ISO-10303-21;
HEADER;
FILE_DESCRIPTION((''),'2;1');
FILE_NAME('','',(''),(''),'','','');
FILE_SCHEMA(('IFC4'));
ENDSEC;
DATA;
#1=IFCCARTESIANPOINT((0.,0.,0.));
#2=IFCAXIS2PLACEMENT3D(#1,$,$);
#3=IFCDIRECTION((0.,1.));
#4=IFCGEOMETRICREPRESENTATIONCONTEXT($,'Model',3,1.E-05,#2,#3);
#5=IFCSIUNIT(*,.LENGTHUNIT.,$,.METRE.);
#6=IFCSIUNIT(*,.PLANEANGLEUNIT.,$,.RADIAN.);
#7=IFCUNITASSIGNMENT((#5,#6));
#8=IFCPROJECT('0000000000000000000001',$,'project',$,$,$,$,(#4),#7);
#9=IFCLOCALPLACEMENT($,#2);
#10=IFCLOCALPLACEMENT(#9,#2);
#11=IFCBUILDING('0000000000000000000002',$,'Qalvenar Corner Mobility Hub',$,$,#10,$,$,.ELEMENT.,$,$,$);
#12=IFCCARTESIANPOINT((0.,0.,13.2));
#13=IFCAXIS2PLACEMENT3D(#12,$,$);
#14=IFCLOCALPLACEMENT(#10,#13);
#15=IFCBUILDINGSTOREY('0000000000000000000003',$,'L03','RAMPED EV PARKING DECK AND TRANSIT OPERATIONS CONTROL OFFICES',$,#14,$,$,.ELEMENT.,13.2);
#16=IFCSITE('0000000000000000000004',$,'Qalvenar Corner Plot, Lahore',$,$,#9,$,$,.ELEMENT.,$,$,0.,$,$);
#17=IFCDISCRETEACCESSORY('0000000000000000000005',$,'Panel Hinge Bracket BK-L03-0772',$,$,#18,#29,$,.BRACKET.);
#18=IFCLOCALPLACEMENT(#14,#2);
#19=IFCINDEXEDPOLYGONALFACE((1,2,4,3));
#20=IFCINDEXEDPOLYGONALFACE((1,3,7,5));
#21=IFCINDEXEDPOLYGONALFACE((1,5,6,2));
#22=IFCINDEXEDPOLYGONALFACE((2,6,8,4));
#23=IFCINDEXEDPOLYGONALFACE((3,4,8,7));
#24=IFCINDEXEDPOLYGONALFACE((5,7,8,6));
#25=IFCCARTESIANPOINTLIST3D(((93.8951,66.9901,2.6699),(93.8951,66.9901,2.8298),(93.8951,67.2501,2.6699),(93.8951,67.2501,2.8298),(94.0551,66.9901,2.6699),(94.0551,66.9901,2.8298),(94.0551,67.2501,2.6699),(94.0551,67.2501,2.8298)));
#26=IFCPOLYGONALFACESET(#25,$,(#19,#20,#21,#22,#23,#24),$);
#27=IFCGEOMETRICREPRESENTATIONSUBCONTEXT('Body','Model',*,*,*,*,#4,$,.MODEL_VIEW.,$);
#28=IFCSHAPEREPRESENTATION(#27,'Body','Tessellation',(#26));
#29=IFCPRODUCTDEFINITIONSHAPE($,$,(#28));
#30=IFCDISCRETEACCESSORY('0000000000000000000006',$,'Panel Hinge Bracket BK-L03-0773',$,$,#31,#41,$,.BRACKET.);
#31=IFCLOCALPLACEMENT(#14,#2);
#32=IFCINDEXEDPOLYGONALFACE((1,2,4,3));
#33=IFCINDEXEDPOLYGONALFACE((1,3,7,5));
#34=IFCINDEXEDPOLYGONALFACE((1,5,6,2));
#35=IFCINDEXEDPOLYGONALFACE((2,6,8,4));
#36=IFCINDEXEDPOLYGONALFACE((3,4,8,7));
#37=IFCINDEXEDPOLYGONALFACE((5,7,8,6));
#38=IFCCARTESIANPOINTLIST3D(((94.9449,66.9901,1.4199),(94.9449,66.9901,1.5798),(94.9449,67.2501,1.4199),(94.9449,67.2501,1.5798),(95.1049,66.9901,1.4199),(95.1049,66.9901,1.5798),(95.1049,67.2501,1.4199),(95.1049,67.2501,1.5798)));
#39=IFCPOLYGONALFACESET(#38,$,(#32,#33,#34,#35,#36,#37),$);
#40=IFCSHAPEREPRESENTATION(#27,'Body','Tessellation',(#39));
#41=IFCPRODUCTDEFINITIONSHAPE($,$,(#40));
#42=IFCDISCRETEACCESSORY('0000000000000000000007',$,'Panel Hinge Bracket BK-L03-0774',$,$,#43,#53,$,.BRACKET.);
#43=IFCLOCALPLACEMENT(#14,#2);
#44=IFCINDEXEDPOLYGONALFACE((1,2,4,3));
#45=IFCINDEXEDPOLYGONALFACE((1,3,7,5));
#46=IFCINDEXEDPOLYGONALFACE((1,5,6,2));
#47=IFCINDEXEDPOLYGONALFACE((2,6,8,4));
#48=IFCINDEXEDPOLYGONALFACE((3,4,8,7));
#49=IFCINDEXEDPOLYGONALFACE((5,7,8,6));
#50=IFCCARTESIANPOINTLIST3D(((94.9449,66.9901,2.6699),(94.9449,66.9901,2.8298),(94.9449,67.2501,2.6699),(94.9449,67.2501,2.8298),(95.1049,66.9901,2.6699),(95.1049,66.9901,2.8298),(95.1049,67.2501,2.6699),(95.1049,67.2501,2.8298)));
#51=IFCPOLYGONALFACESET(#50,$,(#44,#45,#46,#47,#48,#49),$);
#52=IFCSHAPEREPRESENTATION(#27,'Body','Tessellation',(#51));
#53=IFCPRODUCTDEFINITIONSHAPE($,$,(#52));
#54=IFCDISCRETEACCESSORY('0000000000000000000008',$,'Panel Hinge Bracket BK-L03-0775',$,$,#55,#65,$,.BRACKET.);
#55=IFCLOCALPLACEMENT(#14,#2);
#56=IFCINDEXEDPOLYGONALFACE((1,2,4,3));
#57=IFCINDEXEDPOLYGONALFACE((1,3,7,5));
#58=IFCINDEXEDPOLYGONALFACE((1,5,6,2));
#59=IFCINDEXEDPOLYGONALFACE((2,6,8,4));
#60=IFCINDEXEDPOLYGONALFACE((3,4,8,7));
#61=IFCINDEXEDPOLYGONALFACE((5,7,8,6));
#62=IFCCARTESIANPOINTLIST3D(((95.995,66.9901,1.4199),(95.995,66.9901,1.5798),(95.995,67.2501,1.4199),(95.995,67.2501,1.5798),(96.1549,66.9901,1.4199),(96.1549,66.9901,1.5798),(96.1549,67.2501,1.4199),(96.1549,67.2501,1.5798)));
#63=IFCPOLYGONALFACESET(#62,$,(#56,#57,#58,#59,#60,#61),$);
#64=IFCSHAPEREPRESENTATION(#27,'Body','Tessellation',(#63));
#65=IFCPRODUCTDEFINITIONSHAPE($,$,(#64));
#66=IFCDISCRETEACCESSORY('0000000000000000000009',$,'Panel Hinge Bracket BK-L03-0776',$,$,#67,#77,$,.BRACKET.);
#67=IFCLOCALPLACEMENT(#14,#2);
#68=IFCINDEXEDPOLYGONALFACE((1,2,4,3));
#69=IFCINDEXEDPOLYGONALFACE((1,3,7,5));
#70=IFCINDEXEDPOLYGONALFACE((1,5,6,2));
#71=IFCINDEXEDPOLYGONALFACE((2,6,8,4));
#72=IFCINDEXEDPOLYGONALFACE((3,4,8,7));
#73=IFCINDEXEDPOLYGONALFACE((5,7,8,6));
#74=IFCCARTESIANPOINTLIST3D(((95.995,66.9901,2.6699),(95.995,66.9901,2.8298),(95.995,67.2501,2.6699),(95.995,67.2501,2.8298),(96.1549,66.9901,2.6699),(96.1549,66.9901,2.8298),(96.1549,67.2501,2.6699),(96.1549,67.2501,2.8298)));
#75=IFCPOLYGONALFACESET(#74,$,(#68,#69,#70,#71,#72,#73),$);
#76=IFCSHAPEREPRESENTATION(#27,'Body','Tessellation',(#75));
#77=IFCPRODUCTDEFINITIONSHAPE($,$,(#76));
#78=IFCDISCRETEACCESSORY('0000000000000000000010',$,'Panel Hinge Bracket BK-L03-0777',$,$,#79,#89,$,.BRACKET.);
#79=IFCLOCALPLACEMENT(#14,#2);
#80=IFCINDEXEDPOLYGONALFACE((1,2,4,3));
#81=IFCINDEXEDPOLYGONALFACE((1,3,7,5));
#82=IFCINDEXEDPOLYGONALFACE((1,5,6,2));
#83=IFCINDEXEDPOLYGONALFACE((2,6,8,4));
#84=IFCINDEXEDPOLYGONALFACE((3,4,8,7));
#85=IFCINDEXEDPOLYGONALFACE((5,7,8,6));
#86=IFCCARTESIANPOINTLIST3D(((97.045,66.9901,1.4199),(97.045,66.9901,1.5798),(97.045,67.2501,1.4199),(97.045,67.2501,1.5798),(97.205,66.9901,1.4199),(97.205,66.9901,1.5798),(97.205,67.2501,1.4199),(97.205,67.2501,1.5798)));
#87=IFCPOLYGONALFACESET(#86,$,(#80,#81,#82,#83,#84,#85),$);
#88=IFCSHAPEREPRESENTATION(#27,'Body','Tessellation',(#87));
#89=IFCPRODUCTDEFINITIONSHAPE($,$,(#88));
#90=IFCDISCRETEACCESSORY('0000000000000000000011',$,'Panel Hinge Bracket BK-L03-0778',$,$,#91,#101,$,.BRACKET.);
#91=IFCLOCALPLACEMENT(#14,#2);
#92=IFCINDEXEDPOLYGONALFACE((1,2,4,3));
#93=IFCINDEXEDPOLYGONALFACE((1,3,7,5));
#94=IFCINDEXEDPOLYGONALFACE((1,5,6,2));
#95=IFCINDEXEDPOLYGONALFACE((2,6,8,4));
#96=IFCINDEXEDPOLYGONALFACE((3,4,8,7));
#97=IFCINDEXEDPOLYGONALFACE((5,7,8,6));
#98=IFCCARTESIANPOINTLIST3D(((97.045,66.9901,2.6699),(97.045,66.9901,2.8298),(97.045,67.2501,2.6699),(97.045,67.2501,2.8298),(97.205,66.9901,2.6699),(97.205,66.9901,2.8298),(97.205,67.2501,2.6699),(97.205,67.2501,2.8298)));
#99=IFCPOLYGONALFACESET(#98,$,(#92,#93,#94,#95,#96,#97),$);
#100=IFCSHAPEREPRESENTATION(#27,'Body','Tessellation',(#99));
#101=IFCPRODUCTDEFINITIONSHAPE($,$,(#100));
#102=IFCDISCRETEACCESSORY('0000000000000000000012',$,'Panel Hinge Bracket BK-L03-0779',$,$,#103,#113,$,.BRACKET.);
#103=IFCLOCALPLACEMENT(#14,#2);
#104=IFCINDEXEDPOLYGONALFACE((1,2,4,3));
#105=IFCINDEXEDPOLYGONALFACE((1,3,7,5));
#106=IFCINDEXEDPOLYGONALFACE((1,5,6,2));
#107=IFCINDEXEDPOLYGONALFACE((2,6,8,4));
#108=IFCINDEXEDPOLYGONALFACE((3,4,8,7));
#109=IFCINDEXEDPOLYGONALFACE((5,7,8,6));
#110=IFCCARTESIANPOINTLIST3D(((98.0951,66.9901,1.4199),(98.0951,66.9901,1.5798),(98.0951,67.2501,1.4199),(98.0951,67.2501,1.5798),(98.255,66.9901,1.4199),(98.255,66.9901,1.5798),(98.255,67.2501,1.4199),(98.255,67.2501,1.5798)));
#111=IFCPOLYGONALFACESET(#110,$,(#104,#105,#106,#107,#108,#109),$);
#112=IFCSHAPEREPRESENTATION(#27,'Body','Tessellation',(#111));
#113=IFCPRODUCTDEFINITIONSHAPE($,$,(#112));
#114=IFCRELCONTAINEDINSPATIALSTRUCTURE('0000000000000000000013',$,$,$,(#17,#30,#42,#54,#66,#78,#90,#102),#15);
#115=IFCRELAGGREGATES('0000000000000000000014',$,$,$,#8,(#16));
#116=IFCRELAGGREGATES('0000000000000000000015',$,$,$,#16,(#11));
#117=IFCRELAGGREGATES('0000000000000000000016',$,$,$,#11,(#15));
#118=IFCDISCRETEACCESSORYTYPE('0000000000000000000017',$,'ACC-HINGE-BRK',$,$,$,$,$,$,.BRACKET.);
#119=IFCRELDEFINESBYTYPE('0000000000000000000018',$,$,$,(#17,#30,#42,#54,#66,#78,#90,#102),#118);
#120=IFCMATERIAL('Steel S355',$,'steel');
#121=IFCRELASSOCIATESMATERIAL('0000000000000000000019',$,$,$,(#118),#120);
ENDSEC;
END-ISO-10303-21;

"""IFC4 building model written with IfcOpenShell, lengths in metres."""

from ifc_helpers import new_model, si_unit, direction, frame, origin, origin_2d, place, context, subcontext, project, spatial, rectangle, extrude, material, type_object, element, save


model = new_model("IFC4")

# Units and contexts
model_context = context("Model", 3, precision=1e-05, world=origin(), true_north=direction((0.0, 1.0)))
body_context = subcontext(model_context, "Body", "Model", "MODEL_VIEW")
ifc_project = project(units=[si_unit("LENGTHUNIT", "METRE"), si_unit("PLANEANGLEUNIT", "RADIAN")], contexts=[model_context])

# Site, building, storey
site_placement = place(None, origin())
site = spatial("IfcSite", under=ifc_project, at=site_placement, Name="Qalvenar Corner Plot, Lahore", CompositionType="ELEMENT", RefElevation=0.0)
building_placement = place(site_placement, origin())
building = spatial("IfcBuilding", under=site, at=building_placement, Name="Qalvenar Corner Mobility Hub", CompositionType="ELEMENT")
storey_placement = place(building_placement, frame((0.0, 0.0, 13.2)))
storey = spatial("IfcBuildingStorey", under=building, at=storey_placement, Name="L03", Description="RAMPED EV PARKING DECK AND TRANSIT OPERATIONS CONTROL OFFICES", CompositionType="ELEMENT", Elevation=13.2)

# Discrete accessories
ifc_material_1 = material(Name="Steel S355", Category="steel")
discrete_accessory_type = type_object("IfcDiscreteAccessoryType", Name="ACC-HINGE-BRK", PredefinedType="BRACKET", material=ifc_material_1)
for number, where, z_axis, x_axis, name in (
    (1, (93.9751, 67.1201, 2.6699), (0.0, 0.0, 1.0), (1.0, 0.0, 0.0), "Panel Hinge Bracket BK-L03-0772"),
    (2, (95.0249, 67.1201, 1.4199), (0.0, 0.0, 1.0), (1.0, 0.0, 0.0), "Panel Hinge Bracket BK-L03-0773"),
    (3, (95.0249, 67.1201, 2.6699), (0.0, 0.0, 1.0), (1.0, 0.0, 0.0), "Panel Hinge Bracket BK-L03-0774"),
    (4, (96.075, 67.1201, 1.4199), (0.0, 0.0, 1.0), (1.0, 0.0, 0.0), "Panel Hinge Bracket BK-L03-0775"),
    (5, (96.075, 67.1201, 2.6699), (0.0, 0.0, 1.0), (1.0, 0.0, 0.0), "Panel Hinge Bracket BK-L03-0776"),
    (6, (97.125, 67.1201, 1.4199), (0.0, 0.0, 1.0), (1.0, 0.0, 0.0), "Panel Hinge Bracket BK-L03-0777"),
    (7, (97.125, 67.1201, 2.6699), (0.0, 0.0, 1.0), (1.0, 0.0, 0.0), "Panel Hinge Bracket BK-L03-0778"),
    (8, (98.175, 67.1201, 1.4199), (0.0, 0.0, 1.0), (1.0, 0.0, 0.0), "Panel Hinge Bracket BK-L03-0779"),
):
    element("IfcDiscreteAccessory", number, at=place(storey_placement, frame(where, z_axis=z_axis, x_axis=x_axis)), inside=storey, type_object=discrete_accessory_type, Name=name, PredefinedType="BRACKET", context=body_context, shape_type="SweptSolid", body=[
        extrude(rectangle(XDim=0.1599, YDim=0.26, at=origin_2d()), origin(), (0.0, 0.0, 1.0), 0.1599),
    ])

save(model, "model.ifc")
